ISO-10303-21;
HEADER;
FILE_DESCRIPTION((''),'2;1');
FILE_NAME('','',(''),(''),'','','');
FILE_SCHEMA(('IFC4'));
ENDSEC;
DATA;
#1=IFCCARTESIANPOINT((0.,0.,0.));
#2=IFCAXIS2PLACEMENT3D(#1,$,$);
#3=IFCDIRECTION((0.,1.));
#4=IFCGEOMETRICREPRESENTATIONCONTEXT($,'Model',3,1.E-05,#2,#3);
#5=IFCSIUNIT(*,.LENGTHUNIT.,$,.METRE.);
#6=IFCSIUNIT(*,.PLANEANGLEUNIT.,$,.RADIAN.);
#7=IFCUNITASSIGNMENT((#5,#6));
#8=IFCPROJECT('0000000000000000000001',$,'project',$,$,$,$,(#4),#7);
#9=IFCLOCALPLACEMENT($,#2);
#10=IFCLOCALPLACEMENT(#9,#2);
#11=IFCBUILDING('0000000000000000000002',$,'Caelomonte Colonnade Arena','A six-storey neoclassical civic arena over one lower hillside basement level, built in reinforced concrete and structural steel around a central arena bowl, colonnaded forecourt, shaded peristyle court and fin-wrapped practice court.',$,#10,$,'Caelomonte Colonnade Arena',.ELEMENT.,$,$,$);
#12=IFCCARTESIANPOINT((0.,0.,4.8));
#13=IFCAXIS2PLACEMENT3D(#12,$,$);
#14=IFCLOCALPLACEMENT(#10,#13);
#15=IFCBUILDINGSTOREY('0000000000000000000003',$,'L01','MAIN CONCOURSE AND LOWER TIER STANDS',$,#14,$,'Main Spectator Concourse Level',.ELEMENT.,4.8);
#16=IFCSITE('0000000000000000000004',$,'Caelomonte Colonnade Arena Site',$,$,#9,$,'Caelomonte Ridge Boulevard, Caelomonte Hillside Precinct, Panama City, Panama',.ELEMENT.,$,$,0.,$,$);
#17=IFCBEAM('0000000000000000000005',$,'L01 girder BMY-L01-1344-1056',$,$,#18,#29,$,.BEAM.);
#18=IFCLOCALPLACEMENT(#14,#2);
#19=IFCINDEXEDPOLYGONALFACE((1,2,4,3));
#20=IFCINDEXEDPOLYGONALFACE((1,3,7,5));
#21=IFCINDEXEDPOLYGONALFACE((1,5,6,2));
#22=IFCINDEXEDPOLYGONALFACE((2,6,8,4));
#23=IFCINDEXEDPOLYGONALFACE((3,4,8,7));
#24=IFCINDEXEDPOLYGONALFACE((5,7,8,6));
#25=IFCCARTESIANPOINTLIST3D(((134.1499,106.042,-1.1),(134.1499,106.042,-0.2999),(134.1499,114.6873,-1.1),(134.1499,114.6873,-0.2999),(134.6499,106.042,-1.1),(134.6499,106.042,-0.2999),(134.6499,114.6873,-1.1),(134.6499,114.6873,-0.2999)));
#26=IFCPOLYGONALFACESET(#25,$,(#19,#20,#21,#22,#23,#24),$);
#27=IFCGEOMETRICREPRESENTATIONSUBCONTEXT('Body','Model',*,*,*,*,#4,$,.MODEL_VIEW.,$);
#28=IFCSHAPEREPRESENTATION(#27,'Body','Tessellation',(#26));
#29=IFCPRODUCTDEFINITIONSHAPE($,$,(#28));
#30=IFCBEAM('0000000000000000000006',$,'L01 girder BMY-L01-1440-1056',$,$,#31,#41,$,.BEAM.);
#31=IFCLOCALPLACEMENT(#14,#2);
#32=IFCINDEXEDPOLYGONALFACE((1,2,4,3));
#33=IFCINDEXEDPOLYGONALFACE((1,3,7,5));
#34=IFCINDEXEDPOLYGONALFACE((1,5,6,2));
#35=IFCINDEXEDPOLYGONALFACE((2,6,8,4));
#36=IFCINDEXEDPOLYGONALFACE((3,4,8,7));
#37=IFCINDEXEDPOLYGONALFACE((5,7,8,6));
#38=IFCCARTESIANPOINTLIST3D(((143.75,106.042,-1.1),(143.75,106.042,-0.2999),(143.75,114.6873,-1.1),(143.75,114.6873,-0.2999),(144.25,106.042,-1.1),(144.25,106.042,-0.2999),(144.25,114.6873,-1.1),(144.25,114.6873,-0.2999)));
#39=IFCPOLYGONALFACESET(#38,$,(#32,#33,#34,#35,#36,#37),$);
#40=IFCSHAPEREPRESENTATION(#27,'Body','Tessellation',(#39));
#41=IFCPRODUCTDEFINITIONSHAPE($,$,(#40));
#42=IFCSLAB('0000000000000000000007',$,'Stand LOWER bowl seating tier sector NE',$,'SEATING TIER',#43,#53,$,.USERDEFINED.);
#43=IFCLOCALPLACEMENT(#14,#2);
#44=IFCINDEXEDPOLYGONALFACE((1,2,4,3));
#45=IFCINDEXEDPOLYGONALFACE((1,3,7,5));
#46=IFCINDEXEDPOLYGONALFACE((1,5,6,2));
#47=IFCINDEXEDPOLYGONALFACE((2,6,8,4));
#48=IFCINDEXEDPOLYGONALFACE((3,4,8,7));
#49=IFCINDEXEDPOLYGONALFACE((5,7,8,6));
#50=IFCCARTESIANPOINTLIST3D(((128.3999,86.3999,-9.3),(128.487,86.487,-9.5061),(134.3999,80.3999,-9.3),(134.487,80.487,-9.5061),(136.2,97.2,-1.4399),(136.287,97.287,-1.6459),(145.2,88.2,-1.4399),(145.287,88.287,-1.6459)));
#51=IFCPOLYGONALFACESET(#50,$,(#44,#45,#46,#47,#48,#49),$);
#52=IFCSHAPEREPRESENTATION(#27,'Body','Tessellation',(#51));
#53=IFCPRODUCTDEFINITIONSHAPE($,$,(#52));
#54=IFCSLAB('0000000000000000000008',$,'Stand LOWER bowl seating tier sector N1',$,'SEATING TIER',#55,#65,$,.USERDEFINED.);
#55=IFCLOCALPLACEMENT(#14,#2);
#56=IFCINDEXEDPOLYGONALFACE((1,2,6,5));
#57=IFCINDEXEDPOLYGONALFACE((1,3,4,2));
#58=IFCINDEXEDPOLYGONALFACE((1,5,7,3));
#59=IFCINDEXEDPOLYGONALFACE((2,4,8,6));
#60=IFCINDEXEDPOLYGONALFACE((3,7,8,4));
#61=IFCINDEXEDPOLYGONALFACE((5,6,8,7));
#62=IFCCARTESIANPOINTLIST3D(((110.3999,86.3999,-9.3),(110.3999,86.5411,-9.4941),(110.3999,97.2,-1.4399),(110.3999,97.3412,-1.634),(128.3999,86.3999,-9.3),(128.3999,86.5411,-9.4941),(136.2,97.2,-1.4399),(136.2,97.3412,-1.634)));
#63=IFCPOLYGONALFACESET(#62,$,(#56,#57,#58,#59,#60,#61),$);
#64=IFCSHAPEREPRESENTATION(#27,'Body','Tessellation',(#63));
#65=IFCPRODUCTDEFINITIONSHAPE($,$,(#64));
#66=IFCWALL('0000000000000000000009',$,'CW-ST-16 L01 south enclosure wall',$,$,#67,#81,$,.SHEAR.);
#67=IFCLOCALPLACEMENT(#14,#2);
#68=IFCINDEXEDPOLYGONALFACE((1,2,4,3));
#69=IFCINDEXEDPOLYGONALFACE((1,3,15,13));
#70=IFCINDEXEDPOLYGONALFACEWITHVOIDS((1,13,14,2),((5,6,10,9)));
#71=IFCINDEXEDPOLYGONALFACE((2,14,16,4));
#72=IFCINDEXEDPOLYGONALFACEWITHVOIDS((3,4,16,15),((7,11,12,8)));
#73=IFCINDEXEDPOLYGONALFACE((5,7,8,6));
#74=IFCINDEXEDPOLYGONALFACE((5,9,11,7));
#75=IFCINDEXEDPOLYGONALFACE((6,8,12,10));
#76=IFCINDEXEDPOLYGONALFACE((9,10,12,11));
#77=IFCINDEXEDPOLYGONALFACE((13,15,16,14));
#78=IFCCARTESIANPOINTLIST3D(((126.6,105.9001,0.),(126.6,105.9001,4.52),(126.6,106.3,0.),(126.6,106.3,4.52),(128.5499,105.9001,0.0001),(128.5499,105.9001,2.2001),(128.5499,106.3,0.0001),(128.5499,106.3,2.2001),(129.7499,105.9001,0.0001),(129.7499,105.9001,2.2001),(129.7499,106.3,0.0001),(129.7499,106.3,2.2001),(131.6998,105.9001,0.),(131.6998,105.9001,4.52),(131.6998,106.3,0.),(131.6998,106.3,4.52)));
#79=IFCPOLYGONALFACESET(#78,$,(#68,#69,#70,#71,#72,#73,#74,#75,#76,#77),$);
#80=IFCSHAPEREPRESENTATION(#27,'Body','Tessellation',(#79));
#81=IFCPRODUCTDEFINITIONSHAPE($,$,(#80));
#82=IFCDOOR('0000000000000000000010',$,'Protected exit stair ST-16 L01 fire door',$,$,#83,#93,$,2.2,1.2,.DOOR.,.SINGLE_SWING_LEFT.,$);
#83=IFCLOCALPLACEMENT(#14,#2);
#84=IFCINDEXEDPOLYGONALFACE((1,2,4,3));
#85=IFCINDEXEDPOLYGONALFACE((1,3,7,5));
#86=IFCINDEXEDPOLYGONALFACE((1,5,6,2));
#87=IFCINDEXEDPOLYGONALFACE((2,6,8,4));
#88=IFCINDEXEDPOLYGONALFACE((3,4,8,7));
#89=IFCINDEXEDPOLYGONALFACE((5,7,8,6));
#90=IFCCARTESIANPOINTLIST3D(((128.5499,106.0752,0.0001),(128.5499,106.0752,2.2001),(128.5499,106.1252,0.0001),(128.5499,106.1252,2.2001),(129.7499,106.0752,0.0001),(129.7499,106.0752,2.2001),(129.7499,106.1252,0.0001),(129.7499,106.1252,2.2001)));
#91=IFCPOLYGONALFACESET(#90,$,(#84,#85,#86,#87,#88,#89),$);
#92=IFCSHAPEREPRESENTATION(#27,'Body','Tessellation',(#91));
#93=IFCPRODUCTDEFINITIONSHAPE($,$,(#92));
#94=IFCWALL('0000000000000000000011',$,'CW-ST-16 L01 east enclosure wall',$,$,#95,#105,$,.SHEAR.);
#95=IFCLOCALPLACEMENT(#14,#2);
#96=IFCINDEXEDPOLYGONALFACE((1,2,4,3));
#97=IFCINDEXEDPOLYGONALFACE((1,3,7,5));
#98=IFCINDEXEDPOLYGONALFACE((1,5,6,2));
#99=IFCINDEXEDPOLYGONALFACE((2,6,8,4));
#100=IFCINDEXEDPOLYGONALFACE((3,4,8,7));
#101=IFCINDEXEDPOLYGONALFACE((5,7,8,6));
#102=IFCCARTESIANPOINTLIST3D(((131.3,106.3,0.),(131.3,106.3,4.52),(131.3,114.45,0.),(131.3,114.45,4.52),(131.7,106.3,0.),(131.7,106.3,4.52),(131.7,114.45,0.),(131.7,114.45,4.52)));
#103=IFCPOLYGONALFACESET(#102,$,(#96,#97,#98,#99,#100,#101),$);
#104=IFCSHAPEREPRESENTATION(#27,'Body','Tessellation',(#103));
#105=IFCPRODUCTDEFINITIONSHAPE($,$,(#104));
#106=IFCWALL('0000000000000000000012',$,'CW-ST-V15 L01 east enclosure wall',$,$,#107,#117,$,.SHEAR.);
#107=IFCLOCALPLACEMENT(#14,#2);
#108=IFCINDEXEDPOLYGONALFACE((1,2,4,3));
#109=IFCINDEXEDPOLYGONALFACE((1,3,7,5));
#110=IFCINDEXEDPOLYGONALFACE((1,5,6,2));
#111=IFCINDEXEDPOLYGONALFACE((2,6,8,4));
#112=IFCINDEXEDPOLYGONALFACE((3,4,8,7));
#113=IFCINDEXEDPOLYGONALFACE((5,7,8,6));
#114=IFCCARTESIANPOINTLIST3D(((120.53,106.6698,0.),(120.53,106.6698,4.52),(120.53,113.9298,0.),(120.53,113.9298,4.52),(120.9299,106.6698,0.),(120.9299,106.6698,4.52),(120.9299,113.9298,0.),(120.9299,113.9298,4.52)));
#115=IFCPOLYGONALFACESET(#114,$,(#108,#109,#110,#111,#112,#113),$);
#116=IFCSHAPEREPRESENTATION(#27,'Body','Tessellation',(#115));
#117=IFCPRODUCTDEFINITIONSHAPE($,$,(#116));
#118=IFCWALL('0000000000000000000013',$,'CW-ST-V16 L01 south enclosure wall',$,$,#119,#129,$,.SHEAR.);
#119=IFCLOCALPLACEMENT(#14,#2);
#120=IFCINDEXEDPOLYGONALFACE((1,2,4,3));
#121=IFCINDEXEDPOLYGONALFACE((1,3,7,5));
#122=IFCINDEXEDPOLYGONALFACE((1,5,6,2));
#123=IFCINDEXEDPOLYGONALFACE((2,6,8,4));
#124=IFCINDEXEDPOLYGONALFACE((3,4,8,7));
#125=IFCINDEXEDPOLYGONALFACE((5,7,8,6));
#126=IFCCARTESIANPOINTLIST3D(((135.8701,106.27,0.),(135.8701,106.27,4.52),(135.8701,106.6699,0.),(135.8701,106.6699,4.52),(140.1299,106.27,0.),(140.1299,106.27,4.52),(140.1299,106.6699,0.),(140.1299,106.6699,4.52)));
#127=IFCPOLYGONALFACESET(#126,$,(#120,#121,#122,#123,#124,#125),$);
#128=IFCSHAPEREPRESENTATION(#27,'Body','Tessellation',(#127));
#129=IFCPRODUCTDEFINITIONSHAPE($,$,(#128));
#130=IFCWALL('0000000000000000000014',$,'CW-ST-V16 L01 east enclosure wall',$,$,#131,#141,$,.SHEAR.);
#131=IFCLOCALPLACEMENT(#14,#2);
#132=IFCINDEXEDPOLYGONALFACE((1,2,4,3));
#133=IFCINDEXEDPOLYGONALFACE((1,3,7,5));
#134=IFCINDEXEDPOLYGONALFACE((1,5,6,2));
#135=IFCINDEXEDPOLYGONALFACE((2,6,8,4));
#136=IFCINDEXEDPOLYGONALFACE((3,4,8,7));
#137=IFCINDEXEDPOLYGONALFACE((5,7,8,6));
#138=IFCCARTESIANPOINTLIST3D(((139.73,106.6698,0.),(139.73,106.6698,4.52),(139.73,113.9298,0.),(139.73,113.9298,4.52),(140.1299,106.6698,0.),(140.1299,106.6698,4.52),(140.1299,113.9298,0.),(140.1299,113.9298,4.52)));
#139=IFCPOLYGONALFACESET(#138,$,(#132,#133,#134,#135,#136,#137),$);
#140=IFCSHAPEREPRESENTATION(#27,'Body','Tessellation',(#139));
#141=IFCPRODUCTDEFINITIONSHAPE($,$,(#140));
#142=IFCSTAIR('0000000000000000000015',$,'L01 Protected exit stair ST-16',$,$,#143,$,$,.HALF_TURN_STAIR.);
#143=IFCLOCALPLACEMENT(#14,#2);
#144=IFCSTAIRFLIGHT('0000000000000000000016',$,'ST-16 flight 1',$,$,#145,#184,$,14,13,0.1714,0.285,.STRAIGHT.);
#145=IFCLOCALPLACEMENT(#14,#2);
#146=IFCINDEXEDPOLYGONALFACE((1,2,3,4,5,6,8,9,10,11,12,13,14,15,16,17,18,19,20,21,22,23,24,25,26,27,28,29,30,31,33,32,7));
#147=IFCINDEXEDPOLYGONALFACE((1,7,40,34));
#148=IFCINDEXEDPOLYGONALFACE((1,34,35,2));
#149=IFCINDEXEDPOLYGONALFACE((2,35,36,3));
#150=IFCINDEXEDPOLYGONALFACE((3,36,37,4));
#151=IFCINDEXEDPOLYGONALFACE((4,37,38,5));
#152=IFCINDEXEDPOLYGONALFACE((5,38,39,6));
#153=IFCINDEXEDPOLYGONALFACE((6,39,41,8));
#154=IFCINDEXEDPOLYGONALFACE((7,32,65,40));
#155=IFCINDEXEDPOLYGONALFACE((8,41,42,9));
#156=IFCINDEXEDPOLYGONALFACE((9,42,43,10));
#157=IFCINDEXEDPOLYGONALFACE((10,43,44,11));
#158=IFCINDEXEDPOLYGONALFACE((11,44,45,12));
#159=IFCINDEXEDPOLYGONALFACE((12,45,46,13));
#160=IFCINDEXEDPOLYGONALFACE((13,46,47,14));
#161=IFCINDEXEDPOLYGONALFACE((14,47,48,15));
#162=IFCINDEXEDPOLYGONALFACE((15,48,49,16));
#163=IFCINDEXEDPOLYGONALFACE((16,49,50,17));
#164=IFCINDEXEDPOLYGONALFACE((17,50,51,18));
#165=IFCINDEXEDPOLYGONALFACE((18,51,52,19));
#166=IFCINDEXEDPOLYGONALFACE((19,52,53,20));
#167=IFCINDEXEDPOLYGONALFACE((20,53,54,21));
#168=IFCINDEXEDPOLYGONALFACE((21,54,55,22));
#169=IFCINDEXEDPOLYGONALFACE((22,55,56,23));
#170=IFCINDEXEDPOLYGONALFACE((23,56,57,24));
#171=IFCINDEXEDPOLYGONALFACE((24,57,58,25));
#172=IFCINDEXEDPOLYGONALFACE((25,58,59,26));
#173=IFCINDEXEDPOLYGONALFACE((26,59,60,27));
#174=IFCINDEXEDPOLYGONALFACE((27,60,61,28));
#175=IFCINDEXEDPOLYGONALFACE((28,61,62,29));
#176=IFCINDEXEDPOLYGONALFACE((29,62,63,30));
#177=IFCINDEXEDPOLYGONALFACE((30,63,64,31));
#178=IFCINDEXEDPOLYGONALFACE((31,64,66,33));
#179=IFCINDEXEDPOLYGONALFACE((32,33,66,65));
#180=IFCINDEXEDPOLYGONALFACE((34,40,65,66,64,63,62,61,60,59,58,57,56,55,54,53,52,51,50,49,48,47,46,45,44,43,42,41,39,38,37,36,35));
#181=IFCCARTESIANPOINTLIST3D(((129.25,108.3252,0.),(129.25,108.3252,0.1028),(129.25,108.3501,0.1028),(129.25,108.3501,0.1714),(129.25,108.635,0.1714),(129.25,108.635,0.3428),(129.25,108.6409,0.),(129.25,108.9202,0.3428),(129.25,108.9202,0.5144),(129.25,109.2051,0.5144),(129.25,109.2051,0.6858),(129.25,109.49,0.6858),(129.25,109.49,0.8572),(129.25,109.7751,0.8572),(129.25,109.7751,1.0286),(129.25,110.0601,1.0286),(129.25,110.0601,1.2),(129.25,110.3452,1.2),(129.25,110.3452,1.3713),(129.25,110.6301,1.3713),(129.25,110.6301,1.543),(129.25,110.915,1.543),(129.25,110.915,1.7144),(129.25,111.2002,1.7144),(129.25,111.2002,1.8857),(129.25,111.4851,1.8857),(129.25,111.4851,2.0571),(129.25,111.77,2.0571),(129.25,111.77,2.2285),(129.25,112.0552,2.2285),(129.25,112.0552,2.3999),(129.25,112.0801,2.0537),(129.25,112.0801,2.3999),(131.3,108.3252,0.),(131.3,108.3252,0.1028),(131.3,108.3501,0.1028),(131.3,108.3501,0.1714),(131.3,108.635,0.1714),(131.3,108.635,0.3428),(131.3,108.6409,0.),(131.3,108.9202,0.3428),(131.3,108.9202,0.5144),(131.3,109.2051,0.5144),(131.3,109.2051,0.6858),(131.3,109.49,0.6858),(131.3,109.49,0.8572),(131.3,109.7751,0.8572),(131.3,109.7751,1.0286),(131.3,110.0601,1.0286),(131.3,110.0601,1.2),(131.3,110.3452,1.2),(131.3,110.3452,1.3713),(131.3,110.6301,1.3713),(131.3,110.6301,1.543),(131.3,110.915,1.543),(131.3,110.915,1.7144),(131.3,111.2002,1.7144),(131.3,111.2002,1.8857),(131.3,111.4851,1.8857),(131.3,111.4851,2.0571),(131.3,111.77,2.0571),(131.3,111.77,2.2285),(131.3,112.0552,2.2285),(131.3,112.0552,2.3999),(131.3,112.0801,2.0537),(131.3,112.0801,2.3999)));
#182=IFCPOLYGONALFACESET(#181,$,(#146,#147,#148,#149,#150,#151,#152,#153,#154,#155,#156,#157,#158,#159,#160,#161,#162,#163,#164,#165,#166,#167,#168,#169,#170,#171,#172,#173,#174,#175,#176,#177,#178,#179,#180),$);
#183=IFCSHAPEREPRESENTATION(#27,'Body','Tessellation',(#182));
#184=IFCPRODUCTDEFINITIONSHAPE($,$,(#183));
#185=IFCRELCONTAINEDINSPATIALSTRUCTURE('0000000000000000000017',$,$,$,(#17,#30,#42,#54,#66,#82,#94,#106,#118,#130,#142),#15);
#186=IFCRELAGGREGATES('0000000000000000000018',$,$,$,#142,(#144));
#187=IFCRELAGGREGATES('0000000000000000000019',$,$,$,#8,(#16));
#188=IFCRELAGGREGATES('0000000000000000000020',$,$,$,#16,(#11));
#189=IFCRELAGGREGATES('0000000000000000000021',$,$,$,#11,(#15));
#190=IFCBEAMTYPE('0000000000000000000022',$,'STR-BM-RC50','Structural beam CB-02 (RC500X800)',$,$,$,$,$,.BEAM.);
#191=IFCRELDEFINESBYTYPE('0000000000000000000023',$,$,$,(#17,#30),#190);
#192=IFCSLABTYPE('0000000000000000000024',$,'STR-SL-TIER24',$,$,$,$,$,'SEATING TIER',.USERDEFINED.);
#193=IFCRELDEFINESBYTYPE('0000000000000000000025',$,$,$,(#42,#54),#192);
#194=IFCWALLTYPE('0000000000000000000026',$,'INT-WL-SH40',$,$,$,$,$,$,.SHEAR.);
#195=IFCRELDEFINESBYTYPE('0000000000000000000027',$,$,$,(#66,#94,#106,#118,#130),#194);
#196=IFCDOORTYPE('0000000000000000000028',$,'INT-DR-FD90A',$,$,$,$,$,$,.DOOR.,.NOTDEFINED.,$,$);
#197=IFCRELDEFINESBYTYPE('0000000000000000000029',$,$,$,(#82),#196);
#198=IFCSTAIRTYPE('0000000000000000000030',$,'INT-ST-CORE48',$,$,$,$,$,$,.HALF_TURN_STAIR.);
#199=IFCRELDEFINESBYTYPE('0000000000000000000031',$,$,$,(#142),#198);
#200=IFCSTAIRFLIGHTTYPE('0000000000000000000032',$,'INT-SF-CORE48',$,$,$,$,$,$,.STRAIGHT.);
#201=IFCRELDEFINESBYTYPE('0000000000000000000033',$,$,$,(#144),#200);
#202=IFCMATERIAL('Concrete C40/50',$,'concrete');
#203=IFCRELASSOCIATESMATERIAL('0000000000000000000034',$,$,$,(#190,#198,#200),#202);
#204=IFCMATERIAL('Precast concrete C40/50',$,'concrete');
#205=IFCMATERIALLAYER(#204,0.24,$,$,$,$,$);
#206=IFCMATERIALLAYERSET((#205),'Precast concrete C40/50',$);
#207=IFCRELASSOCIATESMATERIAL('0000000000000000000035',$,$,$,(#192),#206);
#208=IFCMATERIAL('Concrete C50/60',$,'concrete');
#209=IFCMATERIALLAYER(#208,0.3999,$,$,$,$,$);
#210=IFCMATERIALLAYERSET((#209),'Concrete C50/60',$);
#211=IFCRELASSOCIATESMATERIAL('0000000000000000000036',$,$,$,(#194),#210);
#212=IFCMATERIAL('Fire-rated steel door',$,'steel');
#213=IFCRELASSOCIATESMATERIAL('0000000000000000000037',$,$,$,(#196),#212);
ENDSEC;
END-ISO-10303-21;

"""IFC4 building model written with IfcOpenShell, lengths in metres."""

from ifc_helpers import new_model, si_unit, direction, frame, frame_2d, origin, origin_2d, place, context, subcontext, project, spatial, polyline, rectangle, outline, extrude, material, layer, layer_set, material_profile, profile_set, type_object, element, fill, aggregate, save


model = new_model("IFC4")

# Units and contexts
model_context = context("Model", 3, precision=1e-05, world=origin(), true_north=direction((0.0, 1.0)))
body_context = subcontext(model_context, "Body", "Model", "MODEL_VIEW")
ifc_project = project(units=[si_unit("LENGTHUNIT", "METRE"), si_unit("PLANEANGLEUNIT", "RADIAN")], contexts=[model_context])

# Site, building, storey
site_placement = place(None, origin())
site = spatial("IfcSite", under=ifc_project, at=site_placement, Name="Caelomonte Colonnade Arena Site", LongName="Caelomonte Ridge Boulevard, Caelomonte Hillside Precinct, Panama City, Panama", CompositionType="ELEMENT", RefElevation=0.0)
building_placement = place(site_placement, origin())
building = spatial("IfcBuilding", under=site, at=building_placement, Name="Caelomonte Colonnade Arena", Description="A six-storey neoclassical civic arena over one lower hillside basement level, built in reinforced concrete and structural steel around a central arena bowl, colonnaded forecourt, shaded peristyle court and fin-wrapped practice court.", LongName="Caelomonte Colonnade Arena", CompositionType="ELEMENT")
storey_placement = place(building_placement, frame((0.0, 0.0, 4.8)))
storey = spatial("IfcBuildingStorey", under=building, at=storey_placement, Name="L01", Description="MAIN CONCOURSE AND LOWER TIER STANDS", LongName="Main Spectator Concourse Level", CompositionType="ELEMENT", Elevation=4.8)

# Shared definitions
ifc_material_1 = material(Name="Concrete C50/60", Category="concrete")

# Beams
ifc_material_2 = material(Name="Concrete C40/50", Category="concrete")
ifc_material_profile_1 = material_profile(ifc_material_2, rectangle(XDim=0.5, YDim=0.8, at=origin_2d()), Name="RC500X800")
ifc_profile_set_1 = profile_set([ifc_material_profile_1], Name="Concrete C40/50")
beam_type_1 = type_object("IfcBeamType", Name="STR-BM-RC50", Description="Structural beam CB-02 (RC500X800)", PredefinedType="BEAM", material=ifc_profile_set_1)
for number, where, z_axis, x_axis, name in (
    (1, (134.3999, 106.042, -0.7), (0.0, 1.0, 0.0), (-1.0, 0.0, 0.0), "L01 girder BMY-L01-1344-1056"),
    (2, (144.0, 106.042, -0.7), (0.0, 1.0, 0.0), (-1.0, 0.0, 0.0), "L01 girder BMY-L01-1440-1056"),
):
    element("IfcBeam", number, at=place(storey_placement, frame(where, z_axis=z_axis, x_axis=x_axis)), inside=storey, type_object=beam_type_1, Name=name, PredefinedType="BEAM", context=body_context, shape_type="SweptSolid", body=[
        extrude(rectangle(XDim=0.5, YDim=0.8, at=origin_2d()), origin(), (0.0, 0.0, 1.0), 8.6453),
    ])

# Slabs
ifc_material_3 = material(Name="Precast concrete C40/50", Category="concrete")
ifc_layer_1 = layer(ifc_material_3, 0.24)
ifc_layer_set_1 = layer_set([ifc_layer_1], Name="Precast concrete C40/50")
slab_type = type_object("IfcSlabType", Name="STR-SL-TIER24", ElementType="SEATING TIER", PredefinedType="USERDEFINED", material=ifc_layer_set_1)
slab_1_placement = place(storey_placement, frame((134.3999, 80.3999, -9.3), z_axis=(-0.362743, -0.362743, 0.858391), x_axis=(-0.707107, 0.707107, 0.0)))
element("IfcSlab", 3, at=slab_1_placement, inside=storey, type_object=slab_type, Name="Stand LOWER bowl seating tier sector NE", ObjectType="SEATING TIER", PredefinedType="USERDEFINED", context=body_context, shape_type="SweptSolid", body=[
    extrude(outline(polyline([(0.0, 0.0), (8.4853, 0.0), (10.6066, -15.322), (-2.1213, -15.322), (0.0, 0.0)])), origin(), (0.0, 0.0, -1.0), 0.24),
])
slab_2_placement = place(storey_placement, frame((128.3999, 86.3999, -9.3), z_axis=(0.0, -0.588442, 0.808539), x_axis=(-1.0, 0.0, 0.0)))
element("IfcSlab", 4, at=slab_2_placement, inside=storey, type_object=slab_type, Name="Stand LOWER bowl seating tier sector N1", ObjectType="SEATING TIER", PredefinedType="USERDEFINED", context=body_context, shape_type="SweptSolid", body=[
    extrude(outline(polyline([(0.0, 0.0), (18.0, 0.0), (18.0, -13.3575), (-7.8, -13.3575), (0.0, 0.0)])), origin(), (0.0, 0.0, -1.0), 0.24),
])

# Wall, opening, door
ifc_layer_2 = layer(ifc_material_1, 0.3999)
ifc_layer_set_2 = layer_set([ifc_layer_2], Name="Concrete C50/60")
wall_type = type_object("IfcWallType", Name="INT-WL-SH40", PredefinedType="SHEAR", material=ifc_layer_set_2)
wall_1_placement = place(storey_placement, frame((126.6001, 106.1001, 0.0), z_axis=(0.0, 0.0, 1.0), x_axis=(1.0, 0.0, 0.0)))
wall_1 = element("IfcWall", 5, at=wall_1_placement, inside=storey, type_object=wall_type, Name="CW-ST-16 L01 south enclosure wall", PredefinedType="SHEAR", context=body_context, shape_type="SweptSolid", body=[
    extrude(rectangle(XDim=5.0999, YDim=0.3999, at=frame_2d((2.5498, 0.0))), origin(), (0.0, 0.0, 1.0), 4.52),
])
opening_placement = place(wall_1_placement, frame((3.1499, 0.0, 0.0), z_axis=(0.0, 0.0, 1.0), x_axis=(-1.0, 0.0, 0.0)))
opening = element("IfcOpeningElement", 6, at=opening_placement, cuts=wall_1, PredefinedType="OPENING", context=body_context, shape_type="SweptSolid", body=[
    extrude(rectangle(XDim=1.2, YDim=2.2, at=frame_2d((0.6001, 1.1001))), frame((0.0, 0.21, 0.0), z_axis=(0.0, -1.0, 0.0), x_axis=(1.0, 0.0, 0.0)), (0.0, 0.0, 1.0), 0.4199),
])
ifc_material_4 = material(Name="Fire-rated steel door", Category="steel")
door_type = type_object("IfcDoorType", Name="INT-DR-FD90A", OperationType="NOTDEFINED", PredefinedType="DOOR", material=ifc_material_4)
door_placement = place(opening_placement, origin())
door = element("IfcDoor", 7, at=door_placement, inside=storey, type_object=door_type, Name="Protected exit stair ST-16 L01 fire door", OperationType="SINGLE_SWING_LEFT", OverallHeight=2.2, OverallWidth=1.2, PredefinedType="DOOR", context=body_context, shape_type="SweptSolid", body=[
    extrude(rectangle(XDim=1.2, YDim=2.2, at=frame_2d((0.6001, 1.1001))), frame((0.0, 0.0249, 0.0), z_axis=(0.0, -1.0, 0.0), x_axis=(1.0, 0.0, 0.0)), (0.0, 0.0, 1.0), 0.05),
])
fill(opening, door)

# Walls
wall_2_placement = place(storey_placement, frame((131.5, 106.3, 0.0), z_axis=(0.0, 0.0, 1.0), x_axis=(0.0, 1.0, 0.0)))
element("IfcWall", 8, at=wall_2_placement, inside=storey, type_object=wall_type, Name="CW-ST-16 L01 east enclosure wall", PredefinedType="SHEAR", context=body_context, shape_type="SweptSolid", body=[
    extrude(rectangle(XDim=8.1499, YDim=0.3999, at=frame_2d((4.075, 0.0))), origin(), (0.0, 0.0, 1.0), 4.52),
])
wall_3_placement = place(storey_placement, frame((120.73, 106.6699, 0.0), z_axis=(0.0, 0.0, 1.0), x_axis=(0.0, 1.0, 0.0)))
element("IfcWall", 9, at=wall_3_placement, inside=storey, type_object=wall_type, Name="CW-ST-V15 L01 east enclosure wall", PredefinedType="SHEAR", context=body_context, shape_type="SweptSolid", body=[
    extrude(rectangle(XDim=7.26, YDim=0.3999, at=frame_2d((3.6299, 0.0))), origin(), (0.0, 0.0, 1.0), 4.52),
])
wall_4_placement = place(storey_placement, frame((135.8701, 106.47, 0.0), z_axis=(0.0, 0.0, 1.0), x_axis=(1.0, 0.0, 0.0)))
element("IfcWall", 10, at=wall_4_placement, inside=storey, type_object=wall_type, Name="CW-ST-V16 L01 south enclosure wall", PredefinedType="SHEAR", context=body_context, shape_type="SweptSolid", body=[
    extrude(rectangle(XDim=4.2598, YDim=0.3999, at=frame_2d((2.1299, 0.0))), origin(), (0.0, 0.0, 1.0), 4.52),
])
wall_5_placement = place(storey_placement, frame((139.9299, 106.6699, 0.0), z_axis=(0.0, 0.0, 1.0), x_axis=(0.0, 1.0, 0.0)))
element("IfcWall", 11, at=wall_5_placement, inside=storey, type_object=wall_type, Name="CW-ST-V16 L01 east enclosure wall", PredefinedType="SHEAR", context=body_context, shape_type="SweptSolid", body=[
    extrude(rectangle(XDim=7.26, YDim=0.3999, at=frame_2d((3.6299, 0.0))), origin(), (0.0, 0.0, 1.0), 4.52),
])

# Stair, stair flight
stair_type = type_object("IfcStairType", Name="INT-ST-CORE48", PredefinedType="HALF_TURN_STAIR", material=ifc_material_2)
stair_placement = place(storey_placement, origin())
stair = element("IfcStair", 12, at=stair_placement, inside=storey, type_object=stair_type, Name="L01 Protected exit stair ST-16", PredefinedType="HALF_TURN_STAIR")
stair_flight_type = type_object("IfcStairFlightType", Name="INT-SF-CORE48", PredefinedType="STRAIGHT", material=ifc_material_2)
stair_flight_1_placement = place(storey_placement, frame((130.2749, 108.3501, 0.0), z_axis=(0.0, 0.0, 1.0), x_axis=(0.0, 1.0, 0.0)))
stair_flight_1 = element("IfcStairFlight", 13, at=stair_flight_1_placement, type_object=stair_flight_type, Name="ST-16 flight 1", NumberOfRisers=14, NumberOfTreads=13, PredefinedType="STRAIGHT", RiserHeight=0.1714, TreadLength=0.285, context=body_context, shape_type="SweptSolid", body=[
    extrude(outline(polyline([(-0.0249, 0.0), (-0.0249, 0.1028), (0.0, 0.1028), (0.0, 0.1714), (0.2849, 0.1714), (0.2849, 0.3428), (0.5701, 0.3428), (0.5701, 0.5144), (0.855, 0.5144), (0.855, 0.6858), (1.1399, 0.6858), (1.1399, 0.8572), (1.425, 0.8572), (1.425, 1.0286), (1.71, 1.0286), (1.71, 1.2), (1.9951, 1.2), (1.9951, 1.3713), (2.28, 1.3713), (2.28, 1.543), (2.5649, 1.543), (2.5649, 1.7144), (2.8501, 1.7144), (2.8501, 1.8857), (3.135, 1.8857), (3.135, 2.0571), (3.4199, 2.0571), (3.4199, 2.2285), (3.7051, 2.2285), (3.7051, 2.3999), (3.73, 2.3999), (3.73, 2.0537), (0.2908, 0.0), (-0.0249, 0.0)])), frame((0.0, 1.0249, 0.0), z_axis=(0.0, -1.0, 0.0), x_axis=(1.0, 0.0, 0.0)), (0.0, 0.0, 1.0), 2.05),
])
aggregate(stair, [stair_flight_1])

save(model, "model.ifc")
